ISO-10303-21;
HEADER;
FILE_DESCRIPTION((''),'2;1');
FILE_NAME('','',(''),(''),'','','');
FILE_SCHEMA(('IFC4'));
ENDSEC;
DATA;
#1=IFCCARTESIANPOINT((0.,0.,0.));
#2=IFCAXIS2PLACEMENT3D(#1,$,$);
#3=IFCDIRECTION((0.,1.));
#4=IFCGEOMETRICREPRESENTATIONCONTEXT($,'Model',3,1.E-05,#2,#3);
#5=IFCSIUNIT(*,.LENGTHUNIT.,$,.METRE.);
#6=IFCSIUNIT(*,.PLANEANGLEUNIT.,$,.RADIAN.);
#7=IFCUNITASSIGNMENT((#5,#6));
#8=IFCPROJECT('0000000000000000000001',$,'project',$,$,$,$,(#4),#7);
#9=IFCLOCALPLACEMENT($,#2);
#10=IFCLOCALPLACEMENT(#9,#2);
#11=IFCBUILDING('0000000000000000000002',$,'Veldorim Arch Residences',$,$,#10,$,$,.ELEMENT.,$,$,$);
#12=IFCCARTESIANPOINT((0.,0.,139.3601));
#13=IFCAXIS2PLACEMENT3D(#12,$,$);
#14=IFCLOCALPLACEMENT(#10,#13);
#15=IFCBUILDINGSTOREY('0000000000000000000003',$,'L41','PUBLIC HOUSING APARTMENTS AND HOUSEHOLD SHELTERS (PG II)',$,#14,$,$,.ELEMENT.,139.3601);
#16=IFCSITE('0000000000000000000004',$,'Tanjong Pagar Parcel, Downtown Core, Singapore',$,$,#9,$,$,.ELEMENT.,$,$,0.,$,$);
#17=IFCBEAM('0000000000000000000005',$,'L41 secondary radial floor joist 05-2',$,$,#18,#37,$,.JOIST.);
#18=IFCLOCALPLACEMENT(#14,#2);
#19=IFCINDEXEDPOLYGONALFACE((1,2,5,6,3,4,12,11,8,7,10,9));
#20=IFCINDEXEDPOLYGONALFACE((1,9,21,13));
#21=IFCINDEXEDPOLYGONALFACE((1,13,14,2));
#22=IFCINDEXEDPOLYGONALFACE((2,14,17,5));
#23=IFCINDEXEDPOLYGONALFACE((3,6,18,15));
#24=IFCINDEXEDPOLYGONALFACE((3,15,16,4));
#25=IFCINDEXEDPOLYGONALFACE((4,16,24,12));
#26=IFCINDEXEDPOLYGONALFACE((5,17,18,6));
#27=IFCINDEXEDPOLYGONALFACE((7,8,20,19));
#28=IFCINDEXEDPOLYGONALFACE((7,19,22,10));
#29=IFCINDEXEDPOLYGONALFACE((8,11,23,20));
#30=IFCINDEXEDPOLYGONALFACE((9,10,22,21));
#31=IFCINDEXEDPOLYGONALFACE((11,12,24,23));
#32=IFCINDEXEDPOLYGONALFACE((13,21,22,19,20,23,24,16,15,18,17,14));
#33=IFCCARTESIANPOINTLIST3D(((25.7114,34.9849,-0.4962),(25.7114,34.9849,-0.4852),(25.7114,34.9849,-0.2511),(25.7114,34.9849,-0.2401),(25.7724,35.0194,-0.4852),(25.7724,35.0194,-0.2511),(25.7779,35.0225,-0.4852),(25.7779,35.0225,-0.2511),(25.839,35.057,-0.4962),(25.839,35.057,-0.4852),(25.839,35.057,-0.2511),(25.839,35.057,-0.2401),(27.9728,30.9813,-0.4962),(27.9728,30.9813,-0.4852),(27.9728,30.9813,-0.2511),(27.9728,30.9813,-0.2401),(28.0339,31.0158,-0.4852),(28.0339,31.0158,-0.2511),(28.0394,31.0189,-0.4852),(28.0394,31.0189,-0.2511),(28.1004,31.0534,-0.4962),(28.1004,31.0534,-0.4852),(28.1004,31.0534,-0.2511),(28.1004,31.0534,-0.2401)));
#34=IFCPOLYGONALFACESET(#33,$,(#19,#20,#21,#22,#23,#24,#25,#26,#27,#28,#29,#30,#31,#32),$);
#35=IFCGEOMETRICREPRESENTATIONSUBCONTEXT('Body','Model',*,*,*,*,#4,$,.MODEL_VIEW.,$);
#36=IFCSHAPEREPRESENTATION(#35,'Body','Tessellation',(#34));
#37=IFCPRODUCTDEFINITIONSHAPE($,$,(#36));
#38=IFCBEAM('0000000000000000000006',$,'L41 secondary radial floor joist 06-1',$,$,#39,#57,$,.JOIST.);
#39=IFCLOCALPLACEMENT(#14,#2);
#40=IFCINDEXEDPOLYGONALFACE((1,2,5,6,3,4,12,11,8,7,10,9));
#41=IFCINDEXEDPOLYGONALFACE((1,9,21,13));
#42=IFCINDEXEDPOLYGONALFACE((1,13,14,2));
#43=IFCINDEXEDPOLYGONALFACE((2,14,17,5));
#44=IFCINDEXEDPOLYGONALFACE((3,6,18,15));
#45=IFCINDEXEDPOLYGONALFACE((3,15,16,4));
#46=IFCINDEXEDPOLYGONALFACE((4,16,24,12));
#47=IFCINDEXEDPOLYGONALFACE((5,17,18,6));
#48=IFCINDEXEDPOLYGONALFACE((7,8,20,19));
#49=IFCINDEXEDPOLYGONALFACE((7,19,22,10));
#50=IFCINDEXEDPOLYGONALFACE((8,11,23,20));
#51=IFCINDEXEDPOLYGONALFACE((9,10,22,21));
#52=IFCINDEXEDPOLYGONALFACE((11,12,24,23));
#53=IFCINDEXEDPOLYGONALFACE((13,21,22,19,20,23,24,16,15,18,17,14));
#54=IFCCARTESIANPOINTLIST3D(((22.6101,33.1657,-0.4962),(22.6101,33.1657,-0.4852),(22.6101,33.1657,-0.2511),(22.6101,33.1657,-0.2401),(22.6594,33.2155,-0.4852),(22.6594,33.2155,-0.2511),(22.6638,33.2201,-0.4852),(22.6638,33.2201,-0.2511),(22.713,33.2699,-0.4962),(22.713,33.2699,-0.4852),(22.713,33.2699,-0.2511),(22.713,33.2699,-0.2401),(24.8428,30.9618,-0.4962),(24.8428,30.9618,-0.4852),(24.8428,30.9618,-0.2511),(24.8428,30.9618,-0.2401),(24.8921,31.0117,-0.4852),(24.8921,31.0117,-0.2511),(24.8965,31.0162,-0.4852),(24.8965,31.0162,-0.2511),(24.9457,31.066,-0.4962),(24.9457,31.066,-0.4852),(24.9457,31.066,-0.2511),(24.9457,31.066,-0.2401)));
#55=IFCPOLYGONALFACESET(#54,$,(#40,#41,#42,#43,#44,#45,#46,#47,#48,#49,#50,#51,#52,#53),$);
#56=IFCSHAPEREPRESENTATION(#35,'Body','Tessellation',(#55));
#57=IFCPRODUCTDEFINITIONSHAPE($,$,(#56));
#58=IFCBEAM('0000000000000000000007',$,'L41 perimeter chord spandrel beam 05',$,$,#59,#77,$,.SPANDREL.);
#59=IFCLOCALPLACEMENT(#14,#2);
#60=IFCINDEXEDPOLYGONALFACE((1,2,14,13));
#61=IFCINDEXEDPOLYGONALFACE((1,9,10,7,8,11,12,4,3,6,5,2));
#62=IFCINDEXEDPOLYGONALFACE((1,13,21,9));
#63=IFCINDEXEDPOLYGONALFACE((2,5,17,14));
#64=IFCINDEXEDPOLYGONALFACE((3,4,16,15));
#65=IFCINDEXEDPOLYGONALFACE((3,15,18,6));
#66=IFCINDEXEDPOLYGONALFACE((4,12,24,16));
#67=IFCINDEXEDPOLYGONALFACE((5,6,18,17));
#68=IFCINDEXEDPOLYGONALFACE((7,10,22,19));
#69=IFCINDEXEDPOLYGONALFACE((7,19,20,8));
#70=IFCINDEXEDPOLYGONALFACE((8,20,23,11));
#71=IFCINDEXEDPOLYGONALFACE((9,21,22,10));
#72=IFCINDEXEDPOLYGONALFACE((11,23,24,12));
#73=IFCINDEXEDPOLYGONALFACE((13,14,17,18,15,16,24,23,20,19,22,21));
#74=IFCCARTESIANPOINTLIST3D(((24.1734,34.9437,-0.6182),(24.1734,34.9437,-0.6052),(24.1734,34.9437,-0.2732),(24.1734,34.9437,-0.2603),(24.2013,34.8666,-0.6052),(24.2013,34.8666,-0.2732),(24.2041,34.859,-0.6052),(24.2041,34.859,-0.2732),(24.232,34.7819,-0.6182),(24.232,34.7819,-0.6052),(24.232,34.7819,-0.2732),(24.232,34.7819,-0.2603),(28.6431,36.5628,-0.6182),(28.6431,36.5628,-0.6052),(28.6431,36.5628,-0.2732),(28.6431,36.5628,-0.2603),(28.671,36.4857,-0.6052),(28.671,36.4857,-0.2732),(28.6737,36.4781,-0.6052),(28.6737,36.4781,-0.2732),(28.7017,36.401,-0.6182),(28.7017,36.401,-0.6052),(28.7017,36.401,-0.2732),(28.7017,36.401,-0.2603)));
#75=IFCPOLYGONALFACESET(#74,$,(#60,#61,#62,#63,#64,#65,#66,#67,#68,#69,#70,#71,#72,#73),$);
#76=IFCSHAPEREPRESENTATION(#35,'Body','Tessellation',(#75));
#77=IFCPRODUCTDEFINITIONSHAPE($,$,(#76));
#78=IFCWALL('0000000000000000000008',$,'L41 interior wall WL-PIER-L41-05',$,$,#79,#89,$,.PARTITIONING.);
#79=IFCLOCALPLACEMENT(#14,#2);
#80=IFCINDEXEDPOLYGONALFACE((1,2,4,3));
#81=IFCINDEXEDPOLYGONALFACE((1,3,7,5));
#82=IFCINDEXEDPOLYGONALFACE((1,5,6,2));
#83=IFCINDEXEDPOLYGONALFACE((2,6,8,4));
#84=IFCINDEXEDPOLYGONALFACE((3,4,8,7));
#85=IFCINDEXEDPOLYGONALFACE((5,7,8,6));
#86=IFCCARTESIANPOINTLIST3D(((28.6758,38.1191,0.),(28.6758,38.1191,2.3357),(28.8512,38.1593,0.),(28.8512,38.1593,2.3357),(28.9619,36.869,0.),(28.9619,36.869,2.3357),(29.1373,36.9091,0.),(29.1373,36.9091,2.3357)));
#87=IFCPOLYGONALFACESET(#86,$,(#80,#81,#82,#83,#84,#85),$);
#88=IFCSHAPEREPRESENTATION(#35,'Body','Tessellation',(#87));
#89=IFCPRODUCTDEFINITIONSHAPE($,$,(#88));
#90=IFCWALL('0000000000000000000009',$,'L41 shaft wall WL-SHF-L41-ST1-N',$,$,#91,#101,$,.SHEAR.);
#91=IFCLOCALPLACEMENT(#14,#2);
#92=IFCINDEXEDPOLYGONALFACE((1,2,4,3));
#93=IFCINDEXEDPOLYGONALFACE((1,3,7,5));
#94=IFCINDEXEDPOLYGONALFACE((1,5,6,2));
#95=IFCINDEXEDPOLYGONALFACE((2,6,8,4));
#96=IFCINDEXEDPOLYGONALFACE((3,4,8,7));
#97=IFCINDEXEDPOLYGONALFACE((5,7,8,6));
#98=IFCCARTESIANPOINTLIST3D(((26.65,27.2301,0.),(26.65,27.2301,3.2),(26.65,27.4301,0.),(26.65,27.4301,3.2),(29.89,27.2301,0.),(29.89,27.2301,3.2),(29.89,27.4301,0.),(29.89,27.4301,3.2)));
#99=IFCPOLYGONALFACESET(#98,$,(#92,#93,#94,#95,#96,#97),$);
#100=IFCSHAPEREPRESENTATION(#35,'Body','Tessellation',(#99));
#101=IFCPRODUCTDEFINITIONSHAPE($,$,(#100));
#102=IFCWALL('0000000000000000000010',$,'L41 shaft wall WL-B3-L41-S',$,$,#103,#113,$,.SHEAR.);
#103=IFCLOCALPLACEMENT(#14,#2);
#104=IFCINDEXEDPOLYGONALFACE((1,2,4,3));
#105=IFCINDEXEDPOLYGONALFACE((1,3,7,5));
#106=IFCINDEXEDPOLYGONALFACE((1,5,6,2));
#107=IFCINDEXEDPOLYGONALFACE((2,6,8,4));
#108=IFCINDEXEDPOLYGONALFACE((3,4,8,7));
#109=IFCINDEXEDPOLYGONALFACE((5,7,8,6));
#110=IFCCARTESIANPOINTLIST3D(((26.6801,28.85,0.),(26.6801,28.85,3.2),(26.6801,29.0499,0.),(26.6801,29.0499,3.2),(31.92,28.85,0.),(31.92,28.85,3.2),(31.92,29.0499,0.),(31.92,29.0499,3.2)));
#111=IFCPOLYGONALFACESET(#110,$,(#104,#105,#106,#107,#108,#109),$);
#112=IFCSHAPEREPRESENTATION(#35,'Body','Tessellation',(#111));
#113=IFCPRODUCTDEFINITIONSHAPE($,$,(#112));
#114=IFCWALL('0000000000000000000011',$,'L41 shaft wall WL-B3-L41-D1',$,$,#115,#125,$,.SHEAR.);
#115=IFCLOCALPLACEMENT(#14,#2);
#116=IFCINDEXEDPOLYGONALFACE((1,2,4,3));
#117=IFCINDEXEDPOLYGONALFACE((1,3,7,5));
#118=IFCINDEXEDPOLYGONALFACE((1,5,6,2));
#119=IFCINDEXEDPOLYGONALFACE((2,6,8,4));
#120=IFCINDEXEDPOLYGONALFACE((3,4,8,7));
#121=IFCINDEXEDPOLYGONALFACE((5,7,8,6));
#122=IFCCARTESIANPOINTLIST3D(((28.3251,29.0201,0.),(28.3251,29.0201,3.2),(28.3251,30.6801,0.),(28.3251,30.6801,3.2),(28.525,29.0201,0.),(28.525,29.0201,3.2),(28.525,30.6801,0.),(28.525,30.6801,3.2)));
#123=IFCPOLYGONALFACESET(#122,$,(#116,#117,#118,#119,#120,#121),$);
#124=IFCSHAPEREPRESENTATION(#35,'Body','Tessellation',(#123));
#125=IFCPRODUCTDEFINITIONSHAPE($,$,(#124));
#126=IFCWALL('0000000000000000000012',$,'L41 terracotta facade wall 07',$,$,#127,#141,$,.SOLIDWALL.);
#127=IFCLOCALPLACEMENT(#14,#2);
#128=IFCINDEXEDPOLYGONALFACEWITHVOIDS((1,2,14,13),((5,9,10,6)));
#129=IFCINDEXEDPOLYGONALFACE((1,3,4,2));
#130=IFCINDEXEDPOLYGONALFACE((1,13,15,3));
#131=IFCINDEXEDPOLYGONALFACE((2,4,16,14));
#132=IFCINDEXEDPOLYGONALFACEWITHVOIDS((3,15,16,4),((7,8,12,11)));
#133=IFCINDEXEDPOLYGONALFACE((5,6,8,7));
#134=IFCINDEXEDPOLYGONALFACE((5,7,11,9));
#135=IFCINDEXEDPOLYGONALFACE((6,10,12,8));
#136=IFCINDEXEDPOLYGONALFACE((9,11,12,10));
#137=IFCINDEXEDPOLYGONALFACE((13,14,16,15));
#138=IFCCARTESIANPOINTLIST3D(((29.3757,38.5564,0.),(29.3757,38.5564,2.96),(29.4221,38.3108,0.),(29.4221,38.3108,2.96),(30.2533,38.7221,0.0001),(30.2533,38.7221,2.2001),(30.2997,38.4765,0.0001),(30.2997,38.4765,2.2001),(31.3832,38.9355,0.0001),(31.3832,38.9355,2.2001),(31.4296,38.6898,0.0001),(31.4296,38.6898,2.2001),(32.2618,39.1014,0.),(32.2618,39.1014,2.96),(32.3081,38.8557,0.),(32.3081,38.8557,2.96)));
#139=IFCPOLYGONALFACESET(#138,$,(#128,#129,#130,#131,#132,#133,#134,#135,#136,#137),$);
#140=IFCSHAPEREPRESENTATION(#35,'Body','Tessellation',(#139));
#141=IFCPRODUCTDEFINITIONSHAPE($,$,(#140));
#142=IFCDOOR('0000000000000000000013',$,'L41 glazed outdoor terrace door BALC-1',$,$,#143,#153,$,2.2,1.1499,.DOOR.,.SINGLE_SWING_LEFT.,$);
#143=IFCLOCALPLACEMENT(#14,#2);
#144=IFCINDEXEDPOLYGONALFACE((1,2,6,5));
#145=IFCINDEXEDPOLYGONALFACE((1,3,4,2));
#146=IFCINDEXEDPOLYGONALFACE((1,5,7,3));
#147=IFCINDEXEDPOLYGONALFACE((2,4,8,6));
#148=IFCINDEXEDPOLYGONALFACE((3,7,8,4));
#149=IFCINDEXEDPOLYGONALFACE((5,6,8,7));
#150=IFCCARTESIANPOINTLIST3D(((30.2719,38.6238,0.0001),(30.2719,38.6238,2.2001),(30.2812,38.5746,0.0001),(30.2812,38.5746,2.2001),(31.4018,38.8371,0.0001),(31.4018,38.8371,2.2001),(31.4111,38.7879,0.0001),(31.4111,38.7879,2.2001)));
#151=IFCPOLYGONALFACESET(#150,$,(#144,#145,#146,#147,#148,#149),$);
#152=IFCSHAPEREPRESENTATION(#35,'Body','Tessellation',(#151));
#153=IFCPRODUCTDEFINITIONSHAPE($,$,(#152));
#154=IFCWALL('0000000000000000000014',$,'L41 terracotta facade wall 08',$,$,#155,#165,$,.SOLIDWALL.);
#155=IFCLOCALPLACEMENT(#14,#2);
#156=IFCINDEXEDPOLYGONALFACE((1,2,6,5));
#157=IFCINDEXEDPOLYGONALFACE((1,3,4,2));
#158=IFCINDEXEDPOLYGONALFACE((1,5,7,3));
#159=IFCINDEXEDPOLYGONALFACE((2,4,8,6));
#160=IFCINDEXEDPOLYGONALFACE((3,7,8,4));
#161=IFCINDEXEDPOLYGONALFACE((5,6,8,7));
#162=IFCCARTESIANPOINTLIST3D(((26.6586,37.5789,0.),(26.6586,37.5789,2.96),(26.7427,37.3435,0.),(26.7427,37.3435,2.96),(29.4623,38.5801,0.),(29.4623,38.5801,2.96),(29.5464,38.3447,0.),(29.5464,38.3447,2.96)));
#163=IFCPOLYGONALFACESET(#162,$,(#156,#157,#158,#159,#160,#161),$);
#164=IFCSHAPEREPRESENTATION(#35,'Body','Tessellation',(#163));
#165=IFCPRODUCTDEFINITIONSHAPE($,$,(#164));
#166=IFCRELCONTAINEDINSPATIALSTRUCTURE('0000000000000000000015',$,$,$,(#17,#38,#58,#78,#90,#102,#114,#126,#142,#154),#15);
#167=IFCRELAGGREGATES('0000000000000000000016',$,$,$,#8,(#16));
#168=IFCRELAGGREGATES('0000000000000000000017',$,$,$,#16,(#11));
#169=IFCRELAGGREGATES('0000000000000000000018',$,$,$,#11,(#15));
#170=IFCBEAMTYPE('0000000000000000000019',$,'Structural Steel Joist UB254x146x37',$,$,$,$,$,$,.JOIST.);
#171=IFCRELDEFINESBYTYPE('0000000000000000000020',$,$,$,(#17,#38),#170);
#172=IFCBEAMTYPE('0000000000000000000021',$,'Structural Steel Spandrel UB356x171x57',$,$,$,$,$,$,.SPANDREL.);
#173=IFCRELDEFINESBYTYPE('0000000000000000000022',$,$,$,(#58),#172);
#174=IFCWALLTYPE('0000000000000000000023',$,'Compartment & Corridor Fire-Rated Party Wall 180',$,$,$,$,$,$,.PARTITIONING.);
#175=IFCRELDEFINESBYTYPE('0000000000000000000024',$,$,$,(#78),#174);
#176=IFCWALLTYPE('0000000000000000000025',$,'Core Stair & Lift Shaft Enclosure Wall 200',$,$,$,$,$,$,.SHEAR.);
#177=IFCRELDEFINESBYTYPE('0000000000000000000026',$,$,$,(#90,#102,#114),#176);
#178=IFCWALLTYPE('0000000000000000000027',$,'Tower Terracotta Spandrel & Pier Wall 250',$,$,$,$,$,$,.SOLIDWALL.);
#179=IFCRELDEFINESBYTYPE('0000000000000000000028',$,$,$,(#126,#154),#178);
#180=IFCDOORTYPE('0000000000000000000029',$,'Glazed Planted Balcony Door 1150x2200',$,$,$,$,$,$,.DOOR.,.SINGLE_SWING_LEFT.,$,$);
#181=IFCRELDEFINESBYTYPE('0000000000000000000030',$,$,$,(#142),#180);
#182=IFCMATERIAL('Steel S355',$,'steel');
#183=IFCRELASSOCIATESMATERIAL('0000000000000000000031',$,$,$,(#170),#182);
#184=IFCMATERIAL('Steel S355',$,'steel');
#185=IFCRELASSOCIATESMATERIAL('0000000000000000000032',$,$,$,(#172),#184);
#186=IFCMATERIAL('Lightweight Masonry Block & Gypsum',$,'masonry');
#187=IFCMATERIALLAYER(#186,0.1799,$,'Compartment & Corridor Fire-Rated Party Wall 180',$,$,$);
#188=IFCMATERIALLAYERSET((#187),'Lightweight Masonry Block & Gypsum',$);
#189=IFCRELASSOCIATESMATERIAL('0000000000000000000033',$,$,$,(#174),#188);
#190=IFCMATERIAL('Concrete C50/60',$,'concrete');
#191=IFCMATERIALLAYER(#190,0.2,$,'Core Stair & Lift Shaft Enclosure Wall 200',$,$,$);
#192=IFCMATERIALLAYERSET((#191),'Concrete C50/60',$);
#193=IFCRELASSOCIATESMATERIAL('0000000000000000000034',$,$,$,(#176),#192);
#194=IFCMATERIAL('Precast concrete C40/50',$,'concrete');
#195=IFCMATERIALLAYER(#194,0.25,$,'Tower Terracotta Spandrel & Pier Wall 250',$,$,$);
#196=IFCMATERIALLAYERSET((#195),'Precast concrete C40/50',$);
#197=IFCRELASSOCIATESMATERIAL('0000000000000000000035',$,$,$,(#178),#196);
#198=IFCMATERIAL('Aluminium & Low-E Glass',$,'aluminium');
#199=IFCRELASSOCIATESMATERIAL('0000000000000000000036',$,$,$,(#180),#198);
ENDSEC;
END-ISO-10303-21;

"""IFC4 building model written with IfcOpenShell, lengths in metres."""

from ifc_helpers import new_model, si_unit, direction, frame, frame_2d, origin, origin_2d, place, context, subcontext, project, spatial, rectangle, i_section, extrude, material, layer, layer_set, material_profile, profile_set, type_object, element, fill, save


model = new_model("IFC4")

# Units and contexts
model_context = context("Model", 3, precision=1e-05, world=origin(), true_north=direction((0.0, 1.0)))
body_context = subcontext(model_context, "Body", "Model", "MODEL_VIEW")
ifc_project = project(units=[si_unit("LENGTHUNIT", "METRE"), si_unit("PLANEANGLEUNIT", "RADIAN")], contexts=[model_context])

# Site, building, storey
site_placement = place(None, origin())
site = spatial("IfcSite", under=ifc_project, at=site_placement, Name="Tanjong Pagar Parcel, Downtown Core, Singapore", CompositionType="ELEMENT", RefElevation=0.0)
building_placement = place(site_placement, origin())
building = spatial("IfcBuilding", under=site, at=building_placement, Name="Veldorim Arch Residences", CompositionType="ELEMENT")
storey_placement = place(building_placement, frame((0.0, 0.0, 139.3601)))
storey = spatial("IfcBuildingStorey", under=building, at=storey_placement, Name="L41", Description="PUBLIC HOUSING APARTMENTS AND HOUSEHOLD SHELTERS (PG II)", CompositionType="ELEMENT", Elevation=139.3601)

# Beams
ifc_material_1 = material(Name="Steel S355", Category="steel")
ifc_material_profile_1 = material_profile(ifc_material_1, i_section(OverallWidth=0.1465, OverallDepth=0.2561, WebThickness=0.0063, FlangeThickness=0.011, at=origin_2d()), Name="UB254x146x37")
ifc_profile_set_1 = profile_set([ifc_material_profile_1], Name="Steel S355")
beam_type_1 = type_object("IfcBeamType", Name="Structural Steel Joist UB254x146x37", PredefinedType="JOIST", material=ifc_profile_set_1)
beam_1_placement = place(storey_placement, frame((28.0366, 31.0173, -0.3682), z_axis=(-0.491816, 0.870699, 0.0), x_axis=(-0.870699, -0.491816, 0.0)))
element("IfcBeam", 1, at=beam_1_placement, inside=storey, type_object=beam_type_1, Name="L41 secondary radial floor joist 05-2", PredefinedType="JOIST", context=body_context, shape_type="SweptSolid", body=[
    extrude(i_section(OverallWidth=0.1465, OverallDepth=0.2561, WebThickness=0.0063, FlangeThickness=0.011, at=origin_2d()), origin(), (0.0, 0.0, 1.0), 4.5981),
])
beam_2_placement = place(storey_placement, frame((24.8943, 31.0139, -0.3682), z_axis=(-0.711683, 0.7025, 0.0), x_axis=(-0.7025, -0.711683, 0.0)))
element("IfcBeam", 2, at=beam_2_placement, inside=storey, type_object=beam_type_1, Name="L41 secondary radial floor joist 06-1", PredefinedType="JOIST", context=body_context, shape_type="SweptSolid", body=[
    extrude(i_section(OverallWidth=0.1465, OverallDepth=0.2561, WebThickness=0.0063, FlangeThickness=0.011, at=origin_2d()), origin(), (0.0, 0.0, 1.0), 3.1372),
])
ifc_material_2 = material(Name="Steel S355", Category="steel")
ifc_material_profile_2 = material_profile(ifc_material_2, i_section(OverallWidth=0.1721, OverallDepth=0.3579, WebThickness=0.0081, FlangeThickness=0.0129, at=origin_2d()), Name="UB356x171x57")
ifc_profile_set_2 = profile_set([ifc_material_profile_2], Name="Steel S355")
beam_type_2 = type_object("IfcBeamType", Name="Structural Steel Spandrel UB356x171x57", PredefinedType="SPANDREL", material=ifc_profile_set_2)
beam_3_placement = place(storey_placement, frame((28.6724, 36.4819, -0.4392), z_axis=(-0.940213, -0.340588, 0.0), x_axis=(0.340588, -0.940213, 0.0)))
element("IfcBeam", 3, at=beam_3_placement, inside=storey, type_object=beam_type_2, Name="L41 perimeter chord spandrel beam 05", PredefinedType="SPANDREL", context=body_context, shape_type="SweptSolid", body=[
    extrude(i_section(OverallWidth=0.1721, OverallDepth=0.3579, WebThickness=0.0081, FlangeThickness=0.0129, at=origin_2d()), origin(), (0.0, 0.0, 1.0), 4.7539),
])

# Walls
ifc_material_3 = material(Name="Lightweight Masonry Block & Gypsum", Category="masonry")
ifc_layer_1 = layer(ifc_material_3, 0.1799, Name="Compartment & Corridor Fire-Rated Party Wall 180")
ifc_layer_set_1 = layer_set([ifc_layer_1], Name="Lightweight Masonry Block & Gypsum")
wall_type_1 = type_object("IfcWallType", Name="Compartment & Corridor Fire-Rated Party Wall 180", PredefinedType="PARTITIONING", material=ifc_layer_set_1)
wall_1_placement = place(storey_placement, frame((29.0496, 36.8892, 0.0), z_axis=(0.0, 0.0, 1.0), x_axis=(-0.223094, 0.974797, 0.0)))
element("IfcWall", 4, at=wall_1_placement, inside=storey, type_object=wall_type_1, Name="L41 interior wall WL-PIER-L41-05", PredefinedType="PARTITIONING", context=body_context, shape_type="SweptSolid", body=[
    extrude(rectangle(XDim=1.2825, YDim=0.1799, at=frame_2d((0.6411, 0.0))), origin(), (0.0, 0.0, 1.0), 2.3357),
])
ifc_material_4 = material(Name="Concrete C50/60", Category="concrete")
ifc_layer_2 = layer(ifc_material_4, 0.2, Name="Core Stair & Lift Shaft Enclosure Wall 200")
ifc_layer_set_2 = layer_set([ifc_layer_2], Name="Concrete C50/60")
wall_type_2 = type_object("IfcWallType", Name="Core Stair & Lift Shaft Enclosure Wall 200", PredefinedType="SHEAR", material=ifc_layer_set_2)
wall_2_placement = place(storey_placement, frame((26.6499, 27.3301, 0.0), z_axis=(0.0, 0.0, 1.0), x_axis=(1.0, 0.0, 0.0)))
element("IfcWall", 5, at=wall_2_placement, inside=storey, type_object=wall_type_2, Name="L41 shaft wall WL-SHF-L41-ST1-N", PredefinedType="SHEAR", context=body_context, shape_type="SweptSolid", body=[
    extrude(rectangle(XDim=3.24, YDim=0.2, at=frame_2d((1.6201, 0.0))), origin(), (0.0, 0.0, 1.0), 3.2),
])
wall_3_placement = place(storey_placement, frame((26.6799, 28.95, 0.0), z_axis=(0.0, 0.0, 1.0), x_axis=(1.0, 0.0, 0.0)))
element("IfcWall", 6, at=wall_3_placement, inside=storey, type_object=wall_type_2, Name="L41 shaft wall WL-B3-L41-S", PredefinedType="SHEAR", context=body_context, shape_type="SweptSolid", body=[
    extrude(rectangle(XDim=5.24, YDim=0.2, at=frame_2d((2.6201, 0.0))), origin(), (0.0, 0.0, 1.0), 3.2),
])
wall_4_placement = place(storey_placement, frame((28.425, 29.02, 0.0), z_axis=(0.0, 0.0, 1.0), x_axis=(0.0, 1.0, 0.0)))
element("IfcWall", 7, at=wall_4_placement, inside=storey, type_object=wall_type_2, Name="L41 shaft wall WL-B3-L41-D1", PredefinedType="SHEAR", context=body_context, shape_type="SweptSolid", body=[
    extrude(rectangle(XDim=1.6599, YDim=0.2, at=frame_2d((0.8301, 0.0))), origin(), (0.0, 0.0, 1.0), 3.2),
])

# Wall, opening, door
ifc_material_5 = material(Name="Precast concrete C40/50", Category="concrete")
ifc_layer_3 = layer(ifc_material_5, 0.25, Name="Tower Terracotta Spandrel & Pier Wall 250")
ifc_layer_set_3 = layer_set([ifc_layer_3], Name="Precast concrete C40/50")
wall_type_3 = type_object("IfcWallType", Name="Tower Terracotta Spandrel & Pier Wall 250", PredefinedType="SOLIDWALL", material=ifc_layer_set_3)
wall_5_placement = place(storey_placement, frame((29.3989, 38.4336, 0.0), z_axis=(0.0, 0.0, 1.0), x_axis=(0.982637, 0.185538, 0.0)))
wall_5 = element("IfcWall", 8, at=wall_5_placement, inside=storey, type_object=wall_type_3, Name="L41 terracotta facade wall 07", PredefinedType="SOLIDWALL", context=body_context, shape_type="SweptSolid", body=[
    extrude(rectangle(XDim=2.937, YDim=0.25, at=frame_2d((1.4685, 0.0))), origin(), (0.0, 0.0, 1.0), 2.96),
])
opening_1_placement = place(wall_5_placement, frame((0.8931, 0.0, 0.0)))
opening_1 = element("IfcOpeningElement", 9, at=opening_1_placement, cuts=wall_5, PredefinedType="OPENING", context=body_context, shape_type="SweptSolid", body=[
    extrude(rectangle(XDim=1.1499, YDim=2.2, at=frame_2d((0.575, 1.1001))), frame((0.0, 0.135, 0.0), z_axis=(0.0, -1.0, 0.0), x_axis=(1.0, 0.0, 0.0)), (0.0, 0.0, 1.0), 0.27),
])
ifc_material_6 = material(Name="Aluminium & Low-E Glass", Category="aluminium")
door_type_1 = type_object("IfcDoorType", Name="Glazed Planted Balcony Door 1150x2200", OperationType="SINGLE_SWING_LEFT", PredefinedType="DOOR", material=ifc_material_6)
door_1_placement = place(opening_1_placement, origin())
door_1 = element("IfcDoor", 10, at=door_1_placement, inside=storey, type_object=door_type_1, Name="L41 glazed outdoor terrace door BALC-1", OperationType="SINGLE_SWING_LEFT", OverallHeight=2.2, OverallWidth=1.1499, PredefinedType="DOOR", context=body_context, shape_type="SweptSolid", body=[
    extrude(rectangle(XDim=1.1499, YDim=2.2, at=frame_2d((0.575, 1.1001))), frame((0.0, 0.0249, 0.0), z_axis=(0.0, -1.0, 0.0), x_axis=(1.0, 0.0, 0.0)), (0.0, 0.0, 1.0), 0.05),
])
fill(opening_1, door_1)

# Wall
wall_6_placement = place(storey_placement, frame((26.7007, 37.4612, 0.0), z_axis=(0.0, 0.0, 1.0), x_axis=(0.941753, 0.336305, 0.0)))
element("IfcWall", 11, at=wall_6_placement, inside=storey, type_object=wall_type_3, Name="L41 terracotta facade wall 08", PredefinedType="SOLIDWALL", context=body_context, shape_type="SweptSolid", body=[
    extrude(rectangle(XDim=2.9771, YDim=0.25, at=frame_2d((1.4885, 0.0))), origin(), (0.0, 0.0, 1.0), 2.96),
])

save(model, "model.ifc")
